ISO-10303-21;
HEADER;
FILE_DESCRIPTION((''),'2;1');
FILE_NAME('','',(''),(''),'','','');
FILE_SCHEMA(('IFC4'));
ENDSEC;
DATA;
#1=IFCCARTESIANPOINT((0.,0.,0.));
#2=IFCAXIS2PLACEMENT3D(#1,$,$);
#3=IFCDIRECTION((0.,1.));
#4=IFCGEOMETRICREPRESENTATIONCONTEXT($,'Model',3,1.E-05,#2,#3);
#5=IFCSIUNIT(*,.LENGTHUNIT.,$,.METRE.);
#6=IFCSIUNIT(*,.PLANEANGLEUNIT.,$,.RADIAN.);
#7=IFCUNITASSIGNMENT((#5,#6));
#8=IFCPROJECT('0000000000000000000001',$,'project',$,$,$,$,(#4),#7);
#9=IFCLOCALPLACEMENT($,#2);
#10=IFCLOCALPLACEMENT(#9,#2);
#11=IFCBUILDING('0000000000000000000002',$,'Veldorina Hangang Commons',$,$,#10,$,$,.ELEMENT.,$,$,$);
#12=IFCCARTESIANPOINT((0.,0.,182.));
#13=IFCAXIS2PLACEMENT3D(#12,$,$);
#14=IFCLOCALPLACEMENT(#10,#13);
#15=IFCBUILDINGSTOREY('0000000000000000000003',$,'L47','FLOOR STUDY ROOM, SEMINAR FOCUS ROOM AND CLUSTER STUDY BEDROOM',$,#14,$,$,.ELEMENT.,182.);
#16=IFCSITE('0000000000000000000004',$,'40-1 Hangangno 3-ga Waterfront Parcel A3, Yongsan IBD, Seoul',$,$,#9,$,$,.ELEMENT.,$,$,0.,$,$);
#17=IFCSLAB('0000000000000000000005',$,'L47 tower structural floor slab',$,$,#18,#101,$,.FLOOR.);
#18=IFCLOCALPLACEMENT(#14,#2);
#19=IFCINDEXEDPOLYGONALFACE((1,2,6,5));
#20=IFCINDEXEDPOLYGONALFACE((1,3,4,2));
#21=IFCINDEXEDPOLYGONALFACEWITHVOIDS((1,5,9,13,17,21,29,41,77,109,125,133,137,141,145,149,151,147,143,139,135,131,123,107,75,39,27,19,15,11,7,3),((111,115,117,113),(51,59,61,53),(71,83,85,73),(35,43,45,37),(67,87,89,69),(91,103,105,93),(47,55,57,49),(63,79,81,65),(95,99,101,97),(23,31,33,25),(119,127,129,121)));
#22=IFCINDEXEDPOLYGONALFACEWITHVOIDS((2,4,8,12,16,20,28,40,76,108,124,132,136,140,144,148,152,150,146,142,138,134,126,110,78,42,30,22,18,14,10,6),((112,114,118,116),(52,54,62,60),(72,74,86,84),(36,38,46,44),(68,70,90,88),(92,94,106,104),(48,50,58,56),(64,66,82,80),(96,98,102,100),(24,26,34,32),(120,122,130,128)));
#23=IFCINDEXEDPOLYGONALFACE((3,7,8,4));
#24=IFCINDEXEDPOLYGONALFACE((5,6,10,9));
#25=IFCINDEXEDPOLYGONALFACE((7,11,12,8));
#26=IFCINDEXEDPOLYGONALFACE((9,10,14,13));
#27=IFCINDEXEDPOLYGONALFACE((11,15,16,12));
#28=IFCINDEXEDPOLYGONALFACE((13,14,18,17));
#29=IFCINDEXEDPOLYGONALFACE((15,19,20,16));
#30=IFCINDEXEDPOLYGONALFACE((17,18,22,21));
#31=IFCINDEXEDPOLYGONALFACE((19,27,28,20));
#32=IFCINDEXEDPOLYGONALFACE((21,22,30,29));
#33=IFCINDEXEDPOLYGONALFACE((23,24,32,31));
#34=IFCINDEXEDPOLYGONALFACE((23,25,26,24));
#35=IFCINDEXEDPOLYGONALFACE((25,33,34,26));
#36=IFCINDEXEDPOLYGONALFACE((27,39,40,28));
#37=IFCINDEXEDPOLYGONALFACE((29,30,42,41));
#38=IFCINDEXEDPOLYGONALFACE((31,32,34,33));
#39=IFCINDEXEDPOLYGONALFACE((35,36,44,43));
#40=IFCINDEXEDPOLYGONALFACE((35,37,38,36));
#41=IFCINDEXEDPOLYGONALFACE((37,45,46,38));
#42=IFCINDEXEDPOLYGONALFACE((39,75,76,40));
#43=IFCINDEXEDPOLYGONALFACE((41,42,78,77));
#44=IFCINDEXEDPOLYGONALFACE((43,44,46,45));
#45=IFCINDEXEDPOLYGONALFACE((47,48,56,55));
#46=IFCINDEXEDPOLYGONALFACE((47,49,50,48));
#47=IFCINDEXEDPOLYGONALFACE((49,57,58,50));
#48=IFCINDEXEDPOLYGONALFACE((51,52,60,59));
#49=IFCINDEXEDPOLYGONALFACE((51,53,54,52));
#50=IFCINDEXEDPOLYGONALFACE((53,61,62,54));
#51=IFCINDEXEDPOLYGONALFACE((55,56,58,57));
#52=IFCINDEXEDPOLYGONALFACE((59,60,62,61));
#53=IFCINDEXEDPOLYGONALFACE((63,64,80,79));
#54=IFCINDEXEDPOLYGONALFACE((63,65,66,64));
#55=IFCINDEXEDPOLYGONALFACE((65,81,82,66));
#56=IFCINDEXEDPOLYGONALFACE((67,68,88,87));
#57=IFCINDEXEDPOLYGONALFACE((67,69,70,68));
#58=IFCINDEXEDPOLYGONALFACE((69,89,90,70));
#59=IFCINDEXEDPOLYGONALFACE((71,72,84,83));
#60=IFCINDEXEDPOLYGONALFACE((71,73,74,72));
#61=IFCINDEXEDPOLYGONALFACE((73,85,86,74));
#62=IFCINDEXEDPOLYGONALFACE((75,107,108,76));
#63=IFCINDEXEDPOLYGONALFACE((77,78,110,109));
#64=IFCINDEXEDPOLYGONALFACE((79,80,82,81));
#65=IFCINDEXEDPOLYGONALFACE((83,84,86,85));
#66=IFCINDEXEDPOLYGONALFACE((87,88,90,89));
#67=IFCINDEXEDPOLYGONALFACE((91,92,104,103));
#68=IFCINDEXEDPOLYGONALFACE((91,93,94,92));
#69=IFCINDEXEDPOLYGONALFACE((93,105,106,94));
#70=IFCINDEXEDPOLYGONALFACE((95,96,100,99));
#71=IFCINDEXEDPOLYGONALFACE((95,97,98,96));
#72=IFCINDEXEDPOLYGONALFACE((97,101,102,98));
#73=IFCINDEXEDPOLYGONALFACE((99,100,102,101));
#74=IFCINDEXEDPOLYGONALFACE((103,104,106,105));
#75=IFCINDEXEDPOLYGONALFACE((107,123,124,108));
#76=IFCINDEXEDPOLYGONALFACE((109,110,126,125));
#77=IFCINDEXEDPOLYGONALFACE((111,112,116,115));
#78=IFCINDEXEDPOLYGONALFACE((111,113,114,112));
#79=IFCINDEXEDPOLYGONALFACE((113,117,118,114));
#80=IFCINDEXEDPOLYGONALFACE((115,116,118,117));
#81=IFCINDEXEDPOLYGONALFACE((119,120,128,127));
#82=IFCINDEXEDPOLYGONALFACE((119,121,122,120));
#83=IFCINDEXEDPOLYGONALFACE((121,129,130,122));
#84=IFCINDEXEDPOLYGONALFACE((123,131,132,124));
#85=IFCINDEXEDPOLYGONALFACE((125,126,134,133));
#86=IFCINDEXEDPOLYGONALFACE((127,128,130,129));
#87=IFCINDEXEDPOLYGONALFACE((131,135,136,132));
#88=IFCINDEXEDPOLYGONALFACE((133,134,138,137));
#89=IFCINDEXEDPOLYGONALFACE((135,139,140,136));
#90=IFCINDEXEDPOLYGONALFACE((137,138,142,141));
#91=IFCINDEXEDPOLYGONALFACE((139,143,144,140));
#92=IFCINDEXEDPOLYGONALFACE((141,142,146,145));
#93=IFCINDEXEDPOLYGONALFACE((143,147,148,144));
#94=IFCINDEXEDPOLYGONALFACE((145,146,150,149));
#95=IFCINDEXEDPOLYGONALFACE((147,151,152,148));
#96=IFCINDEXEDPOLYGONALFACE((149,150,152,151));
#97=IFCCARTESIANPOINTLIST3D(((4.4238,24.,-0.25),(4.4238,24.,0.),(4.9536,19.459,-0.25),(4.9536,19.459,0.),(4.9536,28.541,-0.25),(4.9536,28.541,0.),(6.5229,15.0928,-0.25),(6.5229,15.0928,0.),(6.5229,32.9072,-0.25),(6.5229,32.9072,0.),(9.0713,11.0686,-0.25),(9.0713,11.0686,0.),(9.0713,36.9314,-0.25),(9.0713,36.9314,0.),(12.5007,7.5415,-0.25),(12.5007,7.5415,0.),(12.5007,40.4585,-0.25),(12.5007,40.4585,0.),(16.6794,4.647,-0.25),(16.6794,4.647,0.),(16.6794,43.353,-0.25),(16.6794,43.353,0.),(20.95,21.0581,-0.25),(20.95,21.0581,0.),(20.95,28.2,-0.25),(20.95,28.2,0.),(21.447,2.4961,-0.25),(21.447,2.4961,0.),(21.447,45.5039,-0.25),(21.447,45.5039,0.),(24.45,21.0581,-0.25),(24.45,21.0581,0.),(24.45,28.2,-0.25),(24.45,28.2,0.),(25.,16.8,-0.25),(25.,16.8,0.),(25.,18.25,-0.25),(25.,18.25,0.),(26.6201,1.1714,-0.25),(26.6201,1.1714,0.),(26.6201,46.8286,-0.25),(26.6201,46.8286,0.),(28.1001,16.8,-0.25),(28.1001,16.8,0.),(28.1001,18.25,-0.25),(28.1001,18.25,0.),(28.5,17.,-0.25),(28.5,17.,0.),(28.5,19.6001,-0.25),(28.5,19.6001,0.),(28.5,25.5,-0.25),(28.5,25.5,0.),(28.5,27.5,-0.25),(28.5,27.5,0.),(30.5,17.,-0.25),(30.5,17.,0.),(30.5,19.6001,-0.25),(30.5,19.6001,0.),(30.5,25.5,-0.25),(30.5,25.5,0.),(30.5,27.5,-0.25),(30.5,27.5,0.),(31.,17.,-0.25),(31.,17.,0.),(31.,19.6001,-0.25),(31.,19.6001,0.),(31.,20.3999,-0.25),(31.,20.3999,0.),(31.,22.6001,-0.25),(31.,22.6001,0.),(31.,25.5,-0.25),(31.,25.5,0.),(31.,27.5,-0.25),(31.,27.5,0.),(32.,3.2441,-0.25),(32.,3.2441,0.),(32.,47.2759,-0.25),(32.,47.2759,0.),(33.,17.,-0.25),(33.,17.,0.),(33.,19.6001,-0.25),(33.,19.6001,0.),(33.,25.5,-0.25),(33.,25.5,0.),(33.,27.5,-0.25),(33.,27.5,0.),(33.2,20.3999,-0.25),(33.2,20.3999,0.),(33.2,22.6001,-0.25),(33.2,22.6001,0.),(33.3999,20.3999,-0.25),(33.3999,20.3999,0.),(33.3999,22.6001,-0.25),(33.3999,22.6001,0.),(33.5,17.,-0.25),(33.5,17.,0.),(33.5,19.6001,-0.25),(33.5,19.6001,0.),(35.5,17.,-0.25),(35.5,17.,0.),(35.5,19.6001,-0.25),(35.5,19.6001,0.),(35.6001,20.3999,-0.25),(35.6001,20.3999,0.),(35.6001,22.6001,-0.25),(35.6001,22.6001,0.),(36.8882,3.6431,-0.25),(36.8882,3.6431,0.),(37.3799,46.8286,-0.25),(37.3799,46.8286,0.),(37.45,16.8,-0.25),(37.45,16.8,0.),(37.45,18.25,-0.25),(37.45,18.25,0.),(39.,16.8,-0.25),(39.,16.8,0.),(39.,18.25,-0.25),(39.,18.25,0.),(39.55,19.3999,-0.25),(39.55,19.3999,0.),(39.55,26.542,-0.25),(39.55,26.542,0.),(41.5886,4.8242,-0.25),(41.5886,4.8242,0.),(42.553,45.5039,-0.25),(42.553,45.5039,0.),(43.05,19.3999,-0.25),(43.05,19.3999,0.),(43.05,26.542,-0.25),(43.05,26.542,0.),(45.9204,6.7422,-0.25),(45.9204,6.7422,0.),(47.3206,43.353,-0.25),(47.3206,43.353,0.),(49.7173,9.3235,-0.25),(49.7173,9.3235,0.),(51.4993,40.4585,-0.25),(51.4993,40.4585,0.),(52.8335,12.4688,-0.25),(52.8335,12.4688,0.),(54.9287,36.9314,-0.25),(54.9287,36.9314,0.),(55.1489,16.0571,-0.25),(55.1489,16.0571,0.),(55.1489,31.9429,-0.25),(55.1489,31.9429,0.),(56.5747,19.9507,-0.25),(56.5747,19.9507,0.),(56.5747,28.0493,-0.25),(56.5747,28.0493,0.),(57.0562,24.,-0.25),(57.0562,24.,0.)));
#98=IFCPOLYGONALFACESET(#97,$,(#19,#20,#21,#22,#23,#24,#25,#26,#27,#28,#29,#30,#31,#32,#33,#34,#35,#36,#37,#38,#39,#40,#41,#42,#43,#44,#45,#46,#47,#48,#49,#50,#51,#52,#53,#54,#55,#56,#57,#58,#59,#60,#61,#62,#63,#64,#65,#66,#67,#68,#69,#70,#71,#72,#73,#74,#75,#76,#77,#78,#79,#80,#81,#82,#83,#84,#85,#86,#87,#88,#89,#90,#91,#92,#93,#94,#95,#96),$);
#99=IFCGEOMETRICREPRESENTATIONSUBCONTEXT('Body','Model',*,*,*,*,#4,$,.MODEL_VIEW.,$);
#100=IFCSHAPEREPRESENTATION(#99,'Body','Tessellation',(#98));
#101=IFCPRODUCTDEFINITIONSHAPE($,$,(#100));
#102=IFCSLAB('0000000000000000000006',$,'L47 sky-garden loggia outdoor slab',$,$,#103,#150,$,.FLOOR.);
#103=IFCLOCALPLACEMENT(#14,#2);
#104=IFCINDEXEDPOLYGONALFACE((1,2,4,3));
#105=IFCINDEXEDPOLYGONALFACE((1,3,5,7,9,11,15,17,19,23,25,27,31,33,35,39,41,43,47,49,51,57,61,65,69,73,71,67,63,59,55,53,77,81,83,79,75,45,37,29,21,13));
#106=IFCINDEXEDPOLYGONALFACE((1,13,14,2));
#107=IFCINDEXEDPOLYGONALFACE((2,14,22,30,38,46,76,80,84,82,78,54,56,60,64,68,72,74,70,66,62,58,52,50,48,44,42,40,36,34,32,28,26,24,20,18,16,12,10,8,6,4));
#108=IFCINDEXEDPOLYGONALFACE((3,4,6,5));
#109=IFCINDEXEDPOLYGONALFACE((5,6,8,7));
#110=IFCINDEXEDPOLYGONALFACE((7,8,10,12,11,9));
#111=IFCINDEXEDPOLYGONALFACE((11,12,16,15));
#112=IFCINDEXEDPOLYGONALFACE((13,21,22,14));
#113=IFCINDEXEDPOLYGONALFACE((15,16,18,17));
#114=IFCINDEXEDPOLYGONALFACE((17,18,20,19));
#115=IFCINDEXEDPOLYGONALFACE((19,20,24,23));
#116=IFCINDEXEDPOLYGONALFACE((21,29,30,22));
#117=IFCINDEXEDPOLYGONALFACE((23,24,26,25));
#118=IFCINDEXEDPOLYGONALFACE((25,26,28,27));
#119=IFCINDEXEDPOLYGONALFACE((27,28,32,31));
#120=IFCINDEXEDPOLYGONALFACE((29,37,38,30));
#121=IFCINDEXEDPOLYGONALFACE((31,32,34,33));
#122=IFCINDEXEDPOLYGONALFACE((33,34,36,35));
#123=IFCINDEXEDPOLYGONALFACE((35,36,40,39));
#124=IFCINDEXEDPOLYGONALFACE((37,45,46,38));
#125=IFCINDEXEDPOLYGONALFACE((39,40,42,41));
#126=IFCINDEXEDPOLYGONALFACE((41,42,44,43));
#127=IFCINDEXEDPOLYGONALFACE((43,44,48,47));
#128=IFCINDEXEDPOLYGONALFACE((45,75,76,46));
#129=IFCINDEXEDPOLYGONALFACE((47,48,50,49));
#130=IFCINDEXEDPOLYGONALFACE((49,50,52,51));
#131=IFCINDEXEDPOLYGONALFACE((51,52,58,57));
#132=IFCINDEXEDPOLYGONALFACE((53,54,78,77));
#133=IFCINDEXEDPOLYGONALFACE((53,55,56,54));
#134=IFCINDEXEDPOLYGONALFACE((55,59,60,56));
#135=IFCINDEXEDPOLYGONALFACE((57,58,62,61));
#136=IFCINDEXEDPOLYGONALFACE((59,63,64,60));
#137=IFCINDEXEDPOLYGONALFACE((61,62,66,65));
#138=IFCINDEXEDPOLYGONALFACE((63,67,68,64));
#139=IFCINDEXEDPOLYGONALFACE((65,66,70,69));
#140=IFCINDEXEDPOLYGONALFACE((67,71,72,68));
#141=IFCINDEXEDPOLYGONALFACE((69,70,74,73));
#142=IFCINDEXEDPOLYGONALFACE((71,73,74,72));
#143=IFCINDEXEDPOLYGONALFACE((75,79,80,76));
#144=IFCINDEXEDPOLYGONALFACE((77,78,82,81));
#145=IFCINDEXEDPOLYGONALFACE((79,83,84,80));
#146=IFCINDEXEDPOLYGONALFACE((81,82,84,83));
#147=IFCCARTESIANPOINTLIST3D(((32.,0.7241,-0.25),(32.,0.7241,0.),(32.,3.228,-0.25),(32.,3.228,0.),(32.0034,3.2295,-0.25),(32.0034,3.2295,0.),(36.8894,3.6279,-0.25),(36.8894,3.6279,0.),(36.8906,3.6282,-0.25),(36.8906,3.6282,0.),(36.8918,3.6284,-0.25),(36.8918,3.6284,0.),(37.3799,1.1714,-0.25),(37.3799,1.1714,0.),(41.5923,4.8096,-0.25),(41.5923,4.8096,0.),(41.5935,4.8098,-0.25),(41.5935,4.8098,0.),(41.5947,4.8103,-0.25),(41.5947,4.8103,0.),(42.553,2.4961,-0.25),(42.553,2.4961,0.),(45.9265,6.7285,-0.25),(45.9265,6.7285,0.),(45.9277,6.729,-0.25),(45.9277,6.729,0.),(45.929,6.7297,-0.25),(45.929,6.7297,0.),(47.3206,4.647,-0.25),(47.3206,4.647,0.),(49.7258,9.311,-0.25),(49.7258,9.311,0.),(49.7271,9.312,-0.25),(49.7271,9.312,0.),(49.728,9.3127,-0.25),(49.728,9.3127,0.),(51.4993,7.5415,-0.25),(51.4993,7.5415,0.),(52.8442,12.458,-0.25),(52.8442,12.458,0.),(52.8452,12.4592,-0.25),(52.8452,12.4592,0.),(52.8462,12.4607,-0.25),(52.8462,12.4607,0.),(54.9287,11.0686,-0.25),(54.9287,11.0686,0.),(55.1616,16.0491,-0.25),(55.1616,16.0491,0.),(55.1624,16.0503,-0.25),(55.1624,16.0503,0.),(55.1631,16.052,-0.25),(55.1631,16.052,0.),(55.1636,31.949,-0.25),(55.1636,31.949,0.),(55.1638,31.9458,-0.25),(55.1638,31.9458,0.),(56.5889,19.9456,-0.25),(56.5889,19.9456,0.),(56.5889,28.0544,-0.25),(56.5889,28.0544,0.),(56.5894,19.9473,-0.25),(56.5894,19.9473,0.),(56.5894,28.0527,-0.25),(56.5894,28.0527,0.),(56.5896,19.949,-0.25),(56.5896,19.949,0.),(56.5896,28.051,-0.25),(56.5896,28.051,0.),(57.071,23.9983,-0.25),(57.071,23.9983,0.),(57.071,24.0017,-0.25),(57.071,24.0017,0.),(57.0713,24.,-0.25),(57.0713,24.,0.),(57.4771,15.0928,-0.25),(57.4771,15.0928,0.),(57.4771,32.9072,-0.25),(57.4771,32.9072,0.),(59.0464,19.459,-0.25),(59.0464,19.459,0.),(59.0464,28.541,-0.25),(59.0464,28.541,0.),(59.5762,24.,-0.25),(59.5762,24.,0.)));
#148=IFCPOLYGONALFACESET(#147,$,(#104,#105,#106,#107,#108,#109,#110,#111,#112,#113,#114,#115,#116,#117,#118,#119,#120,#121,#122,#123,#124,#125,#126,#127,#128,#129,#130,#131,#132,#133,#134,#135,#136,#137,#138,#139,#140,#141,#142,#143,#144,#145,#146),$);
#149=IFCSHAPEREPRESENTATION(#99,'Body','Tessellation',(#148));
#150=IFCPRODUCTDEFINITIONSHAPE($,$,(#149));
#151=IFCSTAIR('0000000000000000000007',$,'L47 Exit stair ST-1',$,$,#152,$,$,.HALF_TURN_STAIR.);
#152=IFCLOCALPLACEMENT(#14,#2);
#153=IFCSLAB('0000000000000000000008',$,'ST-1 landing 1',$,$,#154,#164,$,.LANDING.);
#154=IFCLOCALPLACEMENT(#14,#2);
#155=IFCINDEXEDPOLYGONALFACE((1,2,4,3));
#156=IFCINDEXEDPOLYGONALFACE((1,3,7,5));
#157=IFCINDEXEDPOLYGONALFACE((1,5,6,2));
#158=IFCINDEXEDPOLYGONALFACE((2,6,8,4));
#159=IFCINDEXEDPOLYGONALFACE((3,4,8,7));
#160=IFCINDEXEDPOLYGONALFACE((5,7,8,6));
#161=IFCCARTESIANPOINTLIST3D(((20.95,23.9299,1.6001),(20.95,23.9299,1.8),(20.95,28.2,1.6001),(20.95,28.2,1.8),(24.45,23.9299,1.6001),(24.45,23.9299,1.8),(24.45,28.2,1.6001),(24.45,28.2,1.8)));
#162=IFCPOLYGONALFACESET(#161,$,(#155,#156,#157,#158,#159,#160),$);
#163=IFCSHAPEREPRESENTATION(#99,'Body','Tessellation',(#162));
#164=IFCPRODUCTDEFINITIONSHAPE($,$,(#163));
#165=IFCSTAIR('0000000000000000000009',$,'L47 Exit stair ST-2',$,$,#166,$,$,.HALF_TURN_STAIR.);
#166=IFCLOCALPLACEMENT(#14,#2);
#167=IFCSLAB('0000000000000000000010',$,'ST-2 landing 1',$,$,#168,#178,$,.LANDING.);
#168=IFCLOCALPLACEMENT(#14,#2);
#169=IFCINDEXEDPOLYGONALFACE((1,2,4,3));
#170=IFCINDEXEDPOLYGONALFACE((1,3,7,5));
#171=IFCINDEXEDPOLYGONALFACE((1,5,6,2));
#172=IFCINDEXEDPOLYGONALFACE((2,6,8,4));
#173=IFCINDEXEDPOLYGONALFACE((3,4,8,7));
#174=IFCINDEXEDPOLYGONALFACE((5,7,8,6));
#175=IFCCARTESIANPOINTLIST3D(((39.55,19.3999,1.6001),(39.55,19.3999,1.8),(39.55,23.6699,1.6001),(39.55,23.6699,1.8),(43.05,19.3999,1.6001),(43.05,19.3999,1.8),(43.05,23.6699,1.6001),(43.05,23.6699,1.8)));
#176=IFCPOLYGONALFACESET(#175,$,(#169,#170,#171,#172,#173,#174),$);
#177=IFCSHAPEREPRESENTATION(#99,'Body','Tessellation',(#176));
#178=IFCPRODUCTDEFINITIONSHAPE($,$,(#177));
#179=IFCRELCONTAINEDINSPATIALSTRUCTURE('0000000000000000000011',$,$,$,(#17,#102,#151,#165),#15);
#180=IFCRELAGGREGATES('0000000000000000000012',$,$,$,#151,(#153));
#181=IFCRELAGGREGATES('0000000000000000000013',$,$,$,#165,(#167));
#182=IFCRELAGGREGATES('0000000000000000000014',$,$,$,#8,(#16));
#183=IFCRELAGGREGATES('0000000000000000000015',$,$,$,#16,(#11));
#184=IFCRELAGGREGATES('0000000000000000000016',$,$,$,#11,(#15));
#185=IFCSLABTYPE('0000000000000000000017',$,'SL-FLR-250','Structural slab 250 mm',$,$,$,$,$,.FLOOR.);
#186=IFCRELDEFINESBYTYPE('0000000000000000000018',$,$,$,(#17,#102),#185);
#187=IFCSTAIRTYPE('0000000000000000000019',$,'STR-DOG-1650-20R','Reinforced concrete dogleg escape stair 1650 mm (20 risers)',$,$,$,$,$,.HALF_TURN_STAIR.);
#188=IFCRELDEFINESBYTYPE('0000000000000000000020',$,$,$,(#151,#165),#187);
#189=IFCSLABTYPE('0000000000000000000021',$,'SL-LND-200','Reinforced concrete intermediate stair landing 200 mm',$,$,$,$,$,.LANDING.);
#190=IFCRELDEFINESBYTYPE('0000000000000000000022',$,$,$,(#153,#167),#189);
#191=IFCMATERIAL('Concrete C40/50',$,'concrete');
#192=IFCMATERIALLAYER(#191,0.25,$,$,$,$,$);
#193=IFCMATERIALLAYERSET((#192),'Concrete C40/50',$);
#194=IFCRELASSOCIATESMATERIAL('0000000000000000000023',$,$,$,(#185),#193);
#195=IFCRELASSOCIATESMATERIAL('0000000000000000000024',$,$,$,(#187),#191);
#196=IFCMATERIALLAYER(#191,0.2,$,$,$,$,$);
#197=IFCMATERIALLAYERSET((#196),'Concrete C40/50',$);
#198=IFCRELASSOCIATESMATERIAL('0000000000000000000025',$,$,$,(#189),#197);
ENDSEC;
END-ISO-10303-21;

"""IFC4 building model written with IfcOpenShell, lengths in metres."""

from ifc_helpers import new_model, si_unit, direction, frame, origin, place, context, subcontext, project, spatial, polyline, outline, extrude, material, layer, layer_set, type_object, element, aggregate, save


model = new_model("IFC4")

# Units and contexts
model_context = context("Model", 3, precision=1e-05, world=origin(), true_north=direction((0.0, 1.0)))
body_context = subcontext(model_context, "Body", "Model", "MODEL_VIEW")
ifc_project = project(units=[si_unit("LENGTHUNIT", "METRE"), si_unit("PLANEANGLEUNIT", "RADIAN")], contexts=[model_context])

# Site, building, storey
site_placement = place(None, origin())
site = spatial("IfcSite", under=ifc_project, at=site_placement, Name="40-1 Hangangno 3-ga Waterfront Parcel A3, Yongsan IBD, Seoul", CompositionType="ELEMENT", RefElevation=0.0)
building_placement = place(site_placement, origin())
building = spatial("IfcBuilding", under=site, at=building_placement, Name="Veldorina Hangang Commons", CompositionType="ELEMENT")
storey_placement = place(building_placement, frame((0.0, 0.0, 182.0)))
storey = spatial("IfcBuildingStorey", under=building, at=storey_placement, Name="L47", Description="FLOOR STUDY ROOM, SEMINAR FOCUS ROOM AND CLUSTER STUDY BEDROOM", CompositionType="ELEMENT", Elevation=182.0)

# Slabs
ifc_material_1 = material(Name="Concrete C40/50", Category="concrete")
ifc_layer_1 = layer(ifc_material_1, 0.25)
ifc_layer_set_1 = layer_set([ifc_layer_1], Name="Concrete C40/50")
slab_type_1 = type_object("IfcSlabType", Name="SL-FLR-250", Description="Structural slab 250 mm", PredefinedType="FLOOR", material=ifc_layer_set_1)
slab_1_placement = place(storey_placement, frame((0.0, 0.0, -0.25)))
element("IfcSlab", 1, at=slab_1_placement, inside=storey, type_object=slab_type_1, Name="L47 tower structural floor slab", PredefinedType="FLOOR", context=body_context, shape_type="SweptSolid", body=[
    extrude(outline(polyline([(57.0562, 24.0), (56.5747, 28.0493), (55.1489, 31.9429), (54.9287, 36.9314), (51.4993, 40.4585), (47.3206, 43.353), (42.553, 45.5039), (37.3799, 46.8286), (32.0, 47.2759), (26.6201, 46.8286), (21.447, 45.5039), (16.6794, 43.353), (12.5007, 40.4585), (9.0713, 36.9314), (6.5229, 32.9072), (4.9536, 28.541), (4.4238, 24.0), (4.9536, 19.459), (6.5229, 15.0928), (9.0713, 11.0686), (12.5007, 7.5415), (16.6794, 4.647), (21.447, 2.4961), (26.6201, 1.1714), (32.0, 3.2441), (36.8882, 3.6431), (41.5886, 4.8242), (45.9204, 6.7422), (49.7173, 9.3235), (52.8335, 12.4688), (55.1489, 16.0571), (56.5747, 19.9507), (57.0562, 24.0)]), holes=[polyline([(20.95, 21.0581), (20.95, 28.2), (24.45, 28.2), (24.45, 21.0581), (20.95, 21.0581)]), polyline([(43.05, 26.542), (43.05, 19.3999), (39.55, 19.3999), (39.55, 26.542), (43.05, 26.542)]), polyline([(28.5, 27.5), (30.5, 27.5), (30.5, 25.5), (28.5, 25.5), (28.5, 27.5)]), polyline([(31.0, 27.5), (33.0, 27.5), (33.0, 25.5), (31.0, 25.5), (31.0, 27.5)]), polyline([(31.0, 22.6001), (33.2, 22.6001), (33.2, 20.3999), (31.0, 20.3999), (31.0, 22.6001)]), polyline([(33.3999, 22.6001), (35.6001, 22.6001), (35.6001, 20.3999), (33.3999, 20.3999), (33.3999, 22.6001)]), polyline([(28.5, 19.6001), (30.5, 19.6001), (30.5, 17.0), (28.5, 17.0), (28.5, 19.6001)]), polyline([(31.0, 19.6001), (33.0, 19.6001), (33.0, 17.0), (31.0, 17.0), (31.0, 19.6001)]), polyline([(33.5, 19.6001), (35.5, 19.6001), (35.5, 17.0), (33.5, 17.0), (33.5, 19.6001)]), polyline([(25.0, 18.25), (28.1001, 18.25), (28.1001, 16.8), (25.0, 16.8), (25.0, 18.25)]), polyline([(37.45, 18.25), (39.0, 18.25), (39.0, 16.8), (37.45, 16.8), (37.45, 18.25)])]), origin(), (0.0, 0.0, 1.0), 0.25),
])
slab_2_placement = place(storey_placement, frame((0.0, 0.0, -0.25)))
element("IfcSlab", 2, at=slab_2_placement, inside=storey, type_object=slab_type_1, Name="L47 sky-garden loggia outdoor slab", PredefinedType="FLOOR", context=body_context, shape_type="SweptSolid", body=[
    extrude(outline(polyline([(57.4771, 32.9072), (59.0464, 28.541), (59.5762, 24.0), (59.0464, 19.459), (57.4771, 15.0928), (54.9287, 11.0686), (51.4993, 7.5415), (47.3206, 4.647), (42.553, 2.4961), (37.3799, 1.1714), (32.0, 0.7241), (32.0, 3.228), (32.0034, 3.2295), (36.8894, 3.6279), (36.8906, 3.6282), (36.8918, 3.6284), (41.5923, 4.8096), (41.5935, 4.8098), (41.5947, 4.8103), (45.9265, 6.7285), (45.9277, 6.729), (45.929, 6.7297), (49.7258, 9.311), (49.7271, 9.312), (49.728, 9.3127), (52.8442, 12.458), (52.8452, 12.4592), (52.8462, 12.4607), (55.1616, 16.0491), (55.1624, 16.0503), (55.1631, 16.052), (56.5889, 19.9456), (56.5894, 19.9473), (56.5896, 19.949), (57.071, 23.9983), (57.0713, 24.0), (57.071, 24.0017), (56.5896, 28.051), (56.5894, 28.0527), (56.5889, 28.0544), (55.1638, 31.9458), (55.1636, 31.949), (57.4771, 32.9072)])), origin(), (0.0, 0.0, 1.0), 0.25),
])

# Stairs, slabs
stair_type = type_object("IfcStairType", Name="STR-DOG-1650-20R", Description="Reinforced concrete dogleg escape stair 1650 mm (20 risers)", PredefinedType="HALF_TURN_STAIR", material=ifc_material_1)
stair_1_placement = place(storey_placement, origin())
stair_1 = element("IfcStair", 3, at=stair_1_placement, inside=storey, type_object=stair_type, Name="L47 Exit stair ST-1", PredefinedType="HALF_TURN_STAIR")
ifc_layer_2 = layer(ifc_material_1, 0.2)
ifc_layer_set_2 = layer_set([ifc_layer_2], Name="Concrete C40/50")
slab_type_2 = type_object("IfcSlabType", Name="SL-LND-200", Description="Reinforced concrete intermediate stair landing 200 mm", PredefinedType="LANDING", material=ifc_layer_set_2)
slab_3_placement = place(storey_placement, frame((0.0, 0.0, 1.6001)))
slab_3 = element("IfcSlab", 4, at=slab_3_placement, type_object=slab_type_2, Name="ST-1 landing 1", PredefinedType="LANDING", context=body_context, shape_type="SweptSolid", body=[
    extrude(outline(polyline([(24.45, 23.9299), (24.45, 28.2), (20.95, 28.2), (20.95, 23.9299), (24.45, 23.9299)])), origin(), (0.0, 0.0, 1.0), 0.2),
])
aggregate(stair_1, [slab_3])
stair_2_placement = place(storey_placement, origin())
stair_2 = element("IfcStair", 5, at=stair_2_placement, inside=storey, type_object=stair_type, Name="L47 Exit stair ST-2", PredefinedType="HALF_TURN_STAIR")
slab_4_placement = place(storey_placement, frame((0.0, 0.0, 1.6001)))
slab_4 = element("IfcSlab", 6, at=slab_4_placement, type_object=slab_type_2, Name="ST-2 landing 1", PredefinedType="LANDING", context=body_context, shape_type="SweptSolid", body=[
    extrude(outline(polyline([(39.55, 23.6699), (39.55, 19.3999), (43.05, 19.3999), (43.05, 23.6699), (39.55, 23.6699)])), origin(), (0.0, 0.0, 1.0), 0.2),
])
aggregate(stair_2, [slab_4])

save(model, "model.ifc")
